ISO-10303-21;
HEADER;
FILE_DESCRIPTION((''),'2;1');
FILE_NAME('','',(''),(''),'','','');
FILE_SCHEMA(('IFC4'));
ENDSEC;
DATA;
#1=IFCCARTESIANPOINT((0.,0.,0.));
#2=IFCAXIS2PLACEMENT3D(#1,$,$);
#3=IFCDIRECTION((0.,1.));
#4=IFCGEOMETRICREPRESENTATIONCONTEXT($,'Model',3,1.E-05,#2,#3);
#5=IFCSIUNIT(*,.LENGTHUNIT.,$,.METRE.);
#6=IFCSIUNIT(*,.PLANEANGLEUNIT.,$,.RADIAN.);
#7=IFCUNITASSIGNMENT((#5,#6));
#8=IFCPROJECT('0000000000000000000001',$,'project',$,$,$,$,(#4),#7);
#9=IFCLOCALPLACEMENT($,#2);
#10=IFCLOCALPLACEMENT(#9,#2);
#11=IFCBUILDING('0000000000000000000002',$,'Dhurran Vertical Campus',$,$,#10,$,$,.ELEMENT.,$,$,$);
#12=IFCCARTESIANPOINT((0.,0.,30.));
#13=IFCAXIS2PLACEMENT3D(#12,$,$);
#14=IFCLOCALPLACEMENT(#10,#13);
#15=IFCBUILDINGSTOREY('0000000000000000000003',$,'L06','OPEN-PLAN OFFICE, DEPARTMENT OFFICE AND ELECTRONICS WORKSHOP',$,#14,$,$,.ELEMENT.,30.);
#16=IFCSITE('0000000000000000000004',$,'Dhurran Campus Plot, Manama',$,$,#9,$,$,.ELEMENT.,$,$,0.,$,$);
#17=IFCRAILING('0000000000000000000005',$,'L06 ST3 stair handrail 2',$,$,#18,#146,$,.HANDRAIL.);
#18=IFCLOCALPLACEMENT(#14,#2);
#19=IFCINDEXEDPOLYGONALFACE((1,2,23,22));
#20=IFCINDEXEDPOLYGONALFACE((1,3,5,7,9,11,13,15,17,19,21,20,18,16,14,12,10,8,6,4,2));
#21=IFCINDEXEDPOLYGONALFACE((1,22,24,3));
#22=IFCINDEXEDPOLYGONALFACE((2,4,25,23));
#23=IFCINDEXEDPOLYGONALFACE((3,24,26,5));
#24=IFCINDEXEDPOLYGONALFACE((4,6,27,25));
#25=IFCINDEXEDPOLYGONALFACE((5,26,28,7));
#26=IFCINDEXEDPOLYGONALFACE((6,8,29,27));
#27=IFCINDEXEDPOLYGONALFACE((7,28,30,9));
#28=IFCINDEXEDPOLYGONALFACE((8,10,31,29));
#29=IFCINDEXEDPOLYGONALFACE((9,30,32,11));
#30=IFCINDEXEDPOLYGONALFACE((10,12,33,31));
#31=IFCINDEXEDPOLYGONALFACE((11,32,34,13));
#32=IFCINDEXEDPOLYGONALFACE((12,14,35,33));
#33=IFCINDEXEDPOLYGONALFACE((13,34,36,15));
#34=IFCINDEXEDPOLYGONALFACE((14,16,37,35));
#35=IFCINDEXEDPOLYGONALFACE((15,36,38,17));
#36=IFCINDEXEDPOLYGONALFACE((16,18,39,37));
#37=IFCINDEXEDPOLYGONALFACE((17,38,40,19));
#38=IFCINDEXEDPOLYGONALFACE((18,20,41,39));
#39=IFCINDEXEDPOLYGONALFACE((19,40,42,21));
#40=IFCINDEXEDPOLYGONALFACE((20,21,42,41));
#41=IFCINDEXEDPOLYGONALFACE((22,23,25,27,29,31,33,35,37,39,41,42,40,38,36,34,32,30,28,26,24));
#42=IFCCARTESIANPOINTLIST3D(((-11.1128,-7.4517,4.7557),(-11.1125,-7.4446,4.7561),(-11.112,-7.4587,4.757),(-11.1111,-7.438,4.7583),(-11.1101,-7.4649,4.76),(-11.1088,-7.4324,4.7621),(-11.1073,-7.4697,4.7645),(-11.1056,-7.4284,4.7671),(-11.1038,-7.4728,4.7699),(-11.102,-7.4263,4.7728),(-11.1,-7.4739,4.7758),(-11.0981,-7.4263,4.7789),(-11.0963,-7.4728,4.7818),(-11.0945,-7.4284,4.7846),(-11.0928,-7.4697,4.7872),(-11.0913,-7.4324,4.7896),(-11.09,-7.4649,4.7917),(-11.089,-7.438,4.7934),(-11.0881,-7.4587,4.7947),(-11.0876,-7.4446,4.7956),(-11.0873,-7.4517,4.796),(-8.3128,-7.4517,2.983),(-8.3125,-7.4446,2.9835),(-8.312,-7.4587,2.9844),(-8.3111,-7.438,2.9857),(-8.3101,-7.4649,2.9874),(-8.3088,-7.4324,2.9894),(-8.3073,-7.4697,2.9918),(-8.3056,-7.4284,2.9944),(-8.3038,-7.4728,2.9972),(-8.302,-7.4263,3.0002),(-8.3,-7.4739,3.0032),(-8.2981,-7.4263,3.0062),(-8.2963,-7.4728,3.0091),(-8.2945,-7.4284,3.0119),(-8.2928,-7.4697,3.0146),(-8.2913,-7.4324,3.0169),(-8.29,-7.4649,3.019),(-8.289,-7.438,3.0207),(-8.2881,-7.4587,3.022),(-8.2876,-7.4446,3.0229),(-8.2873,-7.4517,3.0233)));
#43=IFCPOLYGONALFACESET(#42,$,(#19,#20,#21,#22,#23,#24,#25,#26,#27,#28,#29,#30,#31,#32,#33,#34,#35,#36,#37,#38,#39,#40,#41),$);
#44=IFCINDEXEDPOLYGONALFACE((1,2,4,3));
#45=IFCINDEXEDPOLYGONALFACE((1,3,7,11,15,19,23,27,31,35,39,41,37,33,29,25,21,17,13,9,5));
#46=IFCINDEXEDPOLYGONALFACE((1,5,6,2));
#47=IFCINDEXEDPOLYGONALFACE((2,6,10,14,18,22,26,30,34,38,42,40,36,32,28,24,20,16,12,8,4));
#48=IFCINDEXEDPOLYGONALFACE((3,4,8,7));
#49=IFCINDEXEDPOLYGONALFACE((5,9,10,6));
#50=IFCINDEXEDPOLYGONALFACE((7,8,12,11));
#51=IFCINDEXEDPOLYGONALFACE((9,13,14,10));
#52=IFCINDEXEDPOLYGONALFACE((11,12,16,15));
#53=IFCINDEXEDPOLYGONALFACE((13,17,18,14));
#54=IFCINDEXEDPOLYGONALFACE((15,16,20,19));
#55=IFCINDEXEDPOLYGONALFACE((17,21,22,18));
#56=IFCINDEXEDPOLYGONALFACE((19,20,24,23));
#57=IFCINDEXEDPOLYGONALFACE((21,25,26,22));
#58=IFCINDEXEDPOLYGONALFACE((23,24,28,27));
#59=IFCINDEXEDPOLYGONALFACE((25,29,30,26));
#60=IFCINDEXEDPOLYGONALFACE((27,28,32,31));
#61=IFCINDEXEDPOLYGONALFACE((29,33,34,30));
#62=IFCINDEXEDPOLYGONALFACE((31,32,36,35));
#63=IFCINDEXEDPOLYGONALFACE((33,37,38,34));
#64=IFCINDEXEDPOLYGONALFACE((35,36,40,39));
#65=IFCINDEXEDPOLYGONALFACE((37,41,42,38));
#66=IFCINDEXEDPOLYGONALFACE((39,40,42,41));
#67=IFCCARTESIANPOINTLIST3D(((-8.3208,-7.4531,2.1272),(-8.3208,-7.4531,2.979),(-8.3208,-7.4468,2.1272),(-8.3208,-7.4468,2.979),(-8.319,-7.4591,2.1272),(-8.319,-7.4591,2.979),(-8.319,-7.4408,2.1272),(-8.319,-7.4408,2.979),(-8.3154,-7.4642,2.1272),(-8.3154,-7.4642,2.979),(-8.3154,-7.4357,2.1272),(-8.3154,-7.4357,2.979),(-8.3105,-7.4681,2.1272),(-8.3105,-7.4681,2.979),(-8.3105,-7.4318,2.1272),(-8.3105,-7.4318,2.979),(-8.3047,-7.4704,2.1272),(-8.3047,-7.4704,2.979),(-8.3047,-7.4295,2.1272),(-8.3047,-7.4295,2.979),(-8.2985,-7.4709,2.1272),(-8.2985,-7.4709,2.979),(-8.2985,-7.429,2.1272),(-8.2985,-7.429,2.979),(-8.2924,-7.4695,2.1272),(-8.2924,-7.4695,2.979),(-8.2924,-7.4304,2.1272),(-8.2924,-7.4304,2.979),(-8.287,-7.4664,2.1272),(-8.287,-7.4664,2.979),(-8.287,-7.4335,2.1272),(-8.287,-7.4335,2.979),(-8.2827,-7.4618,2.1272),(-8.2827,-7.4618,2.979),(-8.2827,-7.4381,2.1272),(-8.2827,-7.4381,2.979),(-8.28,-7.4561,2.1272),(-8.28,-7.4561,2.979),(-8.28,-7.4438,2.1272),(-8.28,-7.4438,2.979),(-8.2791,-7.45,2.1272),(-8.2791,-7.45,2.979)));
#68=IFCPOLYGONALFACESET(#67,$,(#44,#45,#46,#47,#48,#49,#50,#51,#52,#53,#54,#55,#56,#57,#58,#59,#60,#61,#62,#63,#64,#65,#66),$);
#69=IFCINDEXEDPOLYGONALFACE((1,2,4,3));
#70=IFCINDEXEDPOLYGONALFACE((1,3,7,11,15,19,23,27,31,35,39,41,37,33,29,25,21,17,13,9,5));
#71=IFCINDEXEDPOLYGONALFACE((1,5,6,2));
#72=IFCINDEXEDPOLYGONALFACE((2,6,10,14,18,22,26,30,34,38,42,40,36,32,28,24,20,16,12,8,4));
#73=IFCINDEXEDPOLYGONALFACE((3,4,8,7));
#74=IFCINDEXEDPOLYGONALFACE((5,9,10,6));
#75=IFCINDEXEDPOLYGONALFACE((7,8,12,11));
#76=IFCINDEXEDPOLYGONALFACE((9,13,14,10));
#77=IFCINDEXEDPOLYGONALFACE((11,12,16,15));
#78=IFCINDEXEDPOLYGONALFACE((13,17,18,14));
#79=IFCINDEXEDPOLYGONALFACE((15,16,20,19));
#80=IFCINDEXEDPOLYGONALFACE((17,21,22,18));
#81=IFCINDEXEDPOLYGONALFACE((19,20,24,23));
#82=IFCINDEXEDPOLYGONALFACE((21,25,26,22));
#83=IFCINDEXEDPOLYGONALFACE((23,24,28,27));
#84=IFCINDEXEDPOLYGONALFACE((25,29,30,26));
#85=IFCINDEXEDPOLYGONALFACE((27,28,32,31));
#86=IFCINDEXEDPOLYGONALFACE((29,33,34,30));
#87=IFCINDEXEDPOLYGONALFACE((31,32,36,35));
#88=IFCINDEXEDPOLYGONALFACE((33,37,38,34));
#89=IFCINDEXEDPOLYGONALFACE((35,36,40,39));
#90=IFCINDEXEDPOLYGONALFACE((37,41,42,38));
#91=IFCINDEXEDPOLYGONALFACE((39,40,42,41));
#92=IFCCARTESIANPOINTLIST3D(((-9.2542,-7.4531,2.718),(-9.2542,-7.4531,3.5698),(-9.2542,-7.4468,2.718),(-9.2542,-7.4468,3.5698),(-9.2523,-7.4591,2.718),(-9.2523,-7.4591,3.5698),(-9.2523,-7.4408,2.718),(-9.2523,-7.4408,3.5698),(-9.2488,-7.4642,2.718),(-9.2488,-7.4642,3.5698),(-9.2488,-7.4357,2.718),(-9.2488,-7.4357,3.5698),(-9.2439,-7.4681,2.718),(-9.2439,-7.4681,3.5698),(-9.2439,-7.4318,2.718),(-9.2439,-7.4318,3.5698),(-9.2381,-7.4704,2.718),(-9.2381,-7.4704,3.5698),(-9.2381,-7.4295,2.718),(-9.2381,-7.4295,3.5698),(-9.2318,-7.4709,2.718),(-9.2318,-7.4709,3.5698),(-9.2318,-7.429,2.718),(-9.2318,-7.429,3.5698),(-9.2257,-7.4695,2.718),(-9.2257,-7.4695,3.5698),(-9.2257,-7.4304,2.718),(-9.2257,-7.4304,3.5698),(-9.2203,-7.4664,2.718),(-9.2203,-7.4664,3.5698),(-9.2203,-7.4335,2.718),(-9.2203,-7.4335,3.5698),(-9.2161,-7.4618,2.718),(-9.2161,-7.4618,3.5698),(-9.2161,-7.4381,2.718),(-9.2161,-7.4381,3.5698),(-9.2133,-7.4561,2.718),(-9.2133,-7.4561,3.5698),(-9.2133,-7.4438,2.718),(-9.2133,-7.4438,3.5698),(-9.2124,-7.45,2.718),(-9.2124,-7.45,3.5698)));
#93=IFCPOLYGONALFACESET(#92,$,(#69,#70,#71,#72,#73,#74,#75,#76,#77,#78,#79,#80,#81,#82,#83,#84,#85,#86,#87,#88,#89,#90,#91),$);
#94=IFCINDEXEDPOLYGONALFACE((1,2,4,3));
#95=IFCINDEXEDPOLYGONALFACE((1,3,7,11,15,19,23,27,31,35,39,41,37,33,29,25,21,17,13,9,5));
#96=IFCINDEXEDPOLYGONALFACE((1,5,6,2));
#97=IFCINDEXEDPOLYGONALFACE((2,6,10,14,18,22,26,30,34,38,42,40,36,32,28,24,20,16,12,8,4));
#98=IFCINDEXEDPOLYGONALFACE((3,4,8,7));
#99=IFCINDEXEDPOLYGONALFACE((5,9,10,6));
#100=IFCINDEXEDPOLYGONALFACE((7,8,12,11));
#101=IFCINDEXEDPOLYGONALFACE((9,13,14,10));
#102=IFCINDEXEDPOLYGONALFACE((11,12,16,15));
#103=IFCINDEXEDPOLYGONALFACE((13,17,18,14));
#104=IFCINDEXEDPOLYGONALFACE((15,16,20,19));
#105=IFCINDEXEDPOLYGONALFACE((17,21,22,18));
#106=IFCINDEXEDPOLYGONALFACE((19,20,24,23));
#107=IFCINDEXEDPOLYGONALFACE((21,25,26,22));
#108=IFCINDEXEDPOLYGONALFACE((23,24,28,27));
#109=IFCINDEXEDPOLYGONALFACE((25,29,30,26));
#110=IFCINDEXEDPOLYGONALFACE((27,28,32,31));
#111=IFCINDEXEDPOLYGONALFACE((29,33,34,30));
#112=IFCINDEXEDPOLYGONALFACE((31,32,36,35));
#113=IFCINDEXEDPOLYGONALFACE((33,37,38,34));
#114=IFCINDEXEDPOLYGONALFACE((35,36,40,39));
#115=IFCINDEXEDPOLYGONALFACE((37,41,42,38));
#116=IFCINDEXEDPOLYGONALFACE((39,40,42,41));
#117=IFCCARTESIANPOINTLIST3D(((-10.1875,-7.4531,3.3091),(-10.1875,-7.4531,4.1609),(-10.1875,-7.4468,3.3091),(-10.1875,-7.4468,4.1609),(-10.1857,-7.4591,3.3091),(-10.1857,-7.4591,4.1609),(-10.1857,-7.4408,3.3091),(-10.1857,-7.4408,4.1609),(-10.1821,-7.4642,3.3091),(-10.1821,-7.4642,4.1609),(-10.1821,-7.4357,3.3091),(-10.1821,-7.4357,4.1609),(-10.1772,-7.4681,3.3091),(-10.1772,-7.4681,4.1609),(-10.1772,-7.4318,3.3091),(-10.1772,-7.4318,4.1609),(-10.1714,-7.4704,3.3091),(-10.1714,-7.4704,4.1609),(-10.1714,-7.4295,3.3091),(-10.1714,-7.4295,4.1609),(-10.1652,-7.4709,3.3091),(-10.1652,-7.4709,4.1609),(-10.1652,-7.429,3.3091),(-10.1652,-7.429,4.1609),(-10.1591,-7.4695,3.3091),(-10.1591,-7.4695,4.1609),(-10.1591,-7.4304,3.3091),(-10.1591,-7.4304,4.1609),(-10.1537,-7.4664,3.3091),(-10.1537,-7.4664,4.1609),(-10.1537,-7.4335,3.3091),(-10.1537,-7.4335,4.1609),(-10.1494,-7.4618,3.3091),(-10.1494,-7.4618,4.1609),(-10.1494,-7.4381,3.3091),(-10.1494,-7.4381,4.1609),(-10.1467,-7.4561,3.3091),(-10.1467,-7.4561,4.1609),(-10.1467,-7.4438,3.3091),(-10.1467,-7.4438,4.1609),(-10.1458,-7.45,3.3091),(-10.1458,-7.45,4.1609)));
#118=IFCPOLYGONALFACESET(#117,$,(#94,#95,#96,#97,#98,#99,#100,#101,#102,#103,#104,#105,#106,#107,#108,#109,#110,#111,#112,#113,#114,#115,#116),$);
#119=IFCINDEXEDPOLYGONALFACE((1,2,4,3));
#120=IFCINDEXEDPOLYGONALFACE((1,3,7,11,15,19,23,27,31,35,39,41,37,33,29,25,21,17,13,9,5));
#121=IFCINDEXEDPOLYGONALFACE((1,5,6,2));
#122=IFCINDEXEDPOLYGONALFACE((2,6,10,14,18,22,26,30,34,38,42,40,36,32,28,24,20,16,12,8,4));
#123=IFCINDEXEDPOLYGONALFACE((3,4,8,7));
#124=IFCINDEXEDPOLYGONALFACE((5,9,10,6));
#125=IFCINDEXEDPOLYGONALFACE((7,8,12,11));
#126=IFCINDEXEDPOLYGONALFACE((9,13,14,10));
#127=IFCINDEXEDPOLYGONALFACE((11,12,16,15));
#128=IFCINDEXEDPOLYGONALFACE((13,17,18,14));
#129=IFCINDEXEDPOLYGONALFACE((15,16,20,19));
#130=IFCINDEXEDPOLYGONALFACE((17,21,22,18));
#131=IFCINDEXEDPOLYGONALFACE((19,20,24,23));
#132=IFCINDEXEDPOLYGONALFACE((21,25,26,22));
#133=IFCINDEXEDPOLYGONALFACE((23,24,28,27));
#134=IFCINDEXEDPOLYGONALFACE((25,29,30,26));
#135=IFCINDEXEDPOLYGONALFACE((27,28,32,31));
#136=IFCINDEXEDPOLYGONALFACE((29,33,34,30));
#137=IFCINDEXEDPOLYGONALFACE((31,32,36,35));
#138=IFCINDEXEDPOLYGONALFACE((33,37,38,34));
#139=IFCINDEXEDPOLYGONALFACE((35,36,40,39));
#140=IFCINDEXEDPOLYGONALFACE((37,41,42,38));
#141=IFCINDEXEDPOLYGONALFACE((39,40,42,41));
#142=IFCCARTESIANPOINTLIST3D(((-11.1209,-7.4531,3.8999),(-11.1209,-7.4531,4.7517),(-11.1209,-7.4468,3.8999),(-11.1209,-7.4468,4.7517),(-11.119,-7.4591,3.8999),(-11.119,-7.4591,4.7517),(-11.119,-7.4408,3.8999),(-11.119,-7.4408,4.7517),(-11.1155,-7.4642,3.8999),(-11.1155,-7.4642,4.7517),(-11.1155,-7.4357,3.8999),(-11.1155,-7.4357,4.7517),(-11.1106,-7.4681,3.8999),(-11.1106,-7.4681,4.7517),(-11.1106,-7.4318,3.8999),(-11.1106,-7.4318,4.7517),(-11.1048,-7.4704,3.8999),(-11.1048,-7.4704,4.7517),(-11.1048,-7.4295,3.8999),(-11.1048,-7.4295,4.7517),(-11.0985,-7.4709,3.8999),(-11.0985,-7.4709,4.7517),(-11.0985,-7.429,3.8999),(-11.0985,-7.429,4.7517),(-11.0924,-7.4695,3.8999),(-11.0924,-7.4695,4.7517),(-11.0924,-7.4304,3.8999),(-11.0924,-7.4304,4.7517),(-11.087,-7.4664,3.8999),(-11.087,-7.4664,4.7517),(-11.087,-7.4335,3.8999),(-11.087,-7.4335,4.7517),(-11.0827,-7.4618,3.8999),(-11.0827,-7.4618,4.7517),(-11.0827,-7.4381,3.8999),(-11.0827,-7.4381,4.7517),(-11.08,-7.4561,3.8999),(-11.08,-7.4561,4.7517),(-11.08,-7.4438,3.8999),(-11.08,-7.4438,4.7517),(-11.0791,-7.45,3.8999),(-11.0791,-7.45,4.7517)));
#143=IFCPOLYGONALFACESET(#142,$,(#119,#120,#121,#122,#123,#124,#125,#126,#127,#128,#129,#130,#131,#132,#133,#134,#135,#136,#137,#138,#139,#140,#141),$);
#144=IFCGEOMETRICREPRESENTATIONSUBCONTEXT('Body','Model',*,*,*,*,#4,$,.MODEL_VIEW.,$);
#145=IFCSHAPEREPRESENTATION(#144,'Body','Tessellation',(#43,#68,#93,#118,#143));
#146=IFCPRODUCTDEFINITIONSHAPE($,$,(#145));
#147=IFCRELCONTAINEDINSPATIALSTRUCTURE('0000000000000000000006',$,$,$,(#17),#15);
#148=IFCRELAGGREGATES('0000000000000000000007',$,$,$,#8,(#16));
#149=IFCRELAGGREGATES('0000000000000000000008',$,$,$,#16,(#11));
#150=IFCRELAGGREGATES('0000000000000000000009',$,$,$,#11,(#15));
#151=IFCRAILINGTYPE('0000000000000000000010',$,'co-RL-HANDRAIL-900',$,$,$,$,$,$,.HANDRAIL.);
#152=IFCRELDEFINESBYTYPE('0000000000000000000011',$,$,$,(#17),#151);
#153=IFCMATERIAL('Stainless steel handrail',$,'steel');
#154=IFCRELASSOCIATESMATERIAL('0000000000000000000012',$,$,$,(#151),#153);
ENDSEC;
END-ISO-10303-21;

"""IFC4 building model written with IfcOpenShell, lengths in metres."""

from ifc_helpers import new_model, si_unit, direction, frame, origin, origin_2d, place, context, subcontext, project, spatial, circle, extrude, material, type_object, element, save


model = new_model("IFC4")

# Units and contexts
model_context = context("Model", 3, precision=1e-05, world=origin(), true_north=direction((0.0, 1.0)))
body_context = subcontext(model_context, "Body", "Model", "MODEL_VIEW")
ifc_project = project(units=[si_unit("LENGTHUNIT", "METRE"), si_unit("PLANEANGLEUNIT", "RADIAN")], contexts=[model_context])

# Site, building, storey
site_placement = place(None, origin())
site = spatial("IfcSite", under=ifc_project, at=site_placement, Name="Dhurran Campus Plot, Manama", CompositionType="ELEMENT", RefElevation=0.0)
building_placement = place(site_placement, origin())
building = spatial("IfcBuilding", under=site, at=building_placement, Name="Dhurran Vertical Campus", CompositionType="ELEMENT")
storey_placement = place(building_placement, frame((0.0, 0.0, 30.0)))
storey = spatial("IfcBuildingStorey", under=building, at=storey_placement, Name="L06", Description="OPEN-PLAN OFFICE, DEPARTMENT OFFICE AND ELECTRONICS WORKSHOP", CompositionType="ELEMENT", Elevation=30.0)

# Railing
ifc_material_1 = material(Name="Stainless steel handrail", Category="steel")
railing_type_1 = type_object("IfcRailingType", Name="co-RL-HANDRAIL-900", PredefinedType="HANDRAIL", material=ifc_material_1)
railing_1_placement = place(storey_placement, frame((-8.3, -7.45, 2.1272)))
element("IfcRailing", 1, at=railing_1_placement, inside=storey, type_object=railing_type_1, Name="L06 ST3 stair handrail 2", PredefinedType="HANDRAIL", context=body_context, shape_type="SweptSolid", body=[
    extrude(circle(Radius=0.0239, at=origin_2d()), frame((0.0, 0.0, 0.876), z_axis=(-0.844909, 0.0, 0.53491), x_axis=(0.0, -1.0, 0.0)), (0.0, 0.0, 1.0), 3.314),
    extrude(circle(Radius=0.021, at=origin_2d()), origin(), (0.0, 0.0, 1.0), 0.8518),
    extrude(circle(Radius=0.021, at=origin_2d()), frame((-0.9333, 0.0, 0.5908)), (0.0, 0.0, 1.0), 0.8518),
    extrude(circle(Radius=0.021, at=origin_2d()), frame((-1.8667, 0.0, 1.1819)), (0.0, 0.0, 1.0), 0.8518),
    extrude(circle(Radius=0.021, at=origin_2d()), frame((-2.8, 0.0, 1.7727)), (0.0, 0.0, 1.0), 0.8518),
])

save(model, "model.ifc")
